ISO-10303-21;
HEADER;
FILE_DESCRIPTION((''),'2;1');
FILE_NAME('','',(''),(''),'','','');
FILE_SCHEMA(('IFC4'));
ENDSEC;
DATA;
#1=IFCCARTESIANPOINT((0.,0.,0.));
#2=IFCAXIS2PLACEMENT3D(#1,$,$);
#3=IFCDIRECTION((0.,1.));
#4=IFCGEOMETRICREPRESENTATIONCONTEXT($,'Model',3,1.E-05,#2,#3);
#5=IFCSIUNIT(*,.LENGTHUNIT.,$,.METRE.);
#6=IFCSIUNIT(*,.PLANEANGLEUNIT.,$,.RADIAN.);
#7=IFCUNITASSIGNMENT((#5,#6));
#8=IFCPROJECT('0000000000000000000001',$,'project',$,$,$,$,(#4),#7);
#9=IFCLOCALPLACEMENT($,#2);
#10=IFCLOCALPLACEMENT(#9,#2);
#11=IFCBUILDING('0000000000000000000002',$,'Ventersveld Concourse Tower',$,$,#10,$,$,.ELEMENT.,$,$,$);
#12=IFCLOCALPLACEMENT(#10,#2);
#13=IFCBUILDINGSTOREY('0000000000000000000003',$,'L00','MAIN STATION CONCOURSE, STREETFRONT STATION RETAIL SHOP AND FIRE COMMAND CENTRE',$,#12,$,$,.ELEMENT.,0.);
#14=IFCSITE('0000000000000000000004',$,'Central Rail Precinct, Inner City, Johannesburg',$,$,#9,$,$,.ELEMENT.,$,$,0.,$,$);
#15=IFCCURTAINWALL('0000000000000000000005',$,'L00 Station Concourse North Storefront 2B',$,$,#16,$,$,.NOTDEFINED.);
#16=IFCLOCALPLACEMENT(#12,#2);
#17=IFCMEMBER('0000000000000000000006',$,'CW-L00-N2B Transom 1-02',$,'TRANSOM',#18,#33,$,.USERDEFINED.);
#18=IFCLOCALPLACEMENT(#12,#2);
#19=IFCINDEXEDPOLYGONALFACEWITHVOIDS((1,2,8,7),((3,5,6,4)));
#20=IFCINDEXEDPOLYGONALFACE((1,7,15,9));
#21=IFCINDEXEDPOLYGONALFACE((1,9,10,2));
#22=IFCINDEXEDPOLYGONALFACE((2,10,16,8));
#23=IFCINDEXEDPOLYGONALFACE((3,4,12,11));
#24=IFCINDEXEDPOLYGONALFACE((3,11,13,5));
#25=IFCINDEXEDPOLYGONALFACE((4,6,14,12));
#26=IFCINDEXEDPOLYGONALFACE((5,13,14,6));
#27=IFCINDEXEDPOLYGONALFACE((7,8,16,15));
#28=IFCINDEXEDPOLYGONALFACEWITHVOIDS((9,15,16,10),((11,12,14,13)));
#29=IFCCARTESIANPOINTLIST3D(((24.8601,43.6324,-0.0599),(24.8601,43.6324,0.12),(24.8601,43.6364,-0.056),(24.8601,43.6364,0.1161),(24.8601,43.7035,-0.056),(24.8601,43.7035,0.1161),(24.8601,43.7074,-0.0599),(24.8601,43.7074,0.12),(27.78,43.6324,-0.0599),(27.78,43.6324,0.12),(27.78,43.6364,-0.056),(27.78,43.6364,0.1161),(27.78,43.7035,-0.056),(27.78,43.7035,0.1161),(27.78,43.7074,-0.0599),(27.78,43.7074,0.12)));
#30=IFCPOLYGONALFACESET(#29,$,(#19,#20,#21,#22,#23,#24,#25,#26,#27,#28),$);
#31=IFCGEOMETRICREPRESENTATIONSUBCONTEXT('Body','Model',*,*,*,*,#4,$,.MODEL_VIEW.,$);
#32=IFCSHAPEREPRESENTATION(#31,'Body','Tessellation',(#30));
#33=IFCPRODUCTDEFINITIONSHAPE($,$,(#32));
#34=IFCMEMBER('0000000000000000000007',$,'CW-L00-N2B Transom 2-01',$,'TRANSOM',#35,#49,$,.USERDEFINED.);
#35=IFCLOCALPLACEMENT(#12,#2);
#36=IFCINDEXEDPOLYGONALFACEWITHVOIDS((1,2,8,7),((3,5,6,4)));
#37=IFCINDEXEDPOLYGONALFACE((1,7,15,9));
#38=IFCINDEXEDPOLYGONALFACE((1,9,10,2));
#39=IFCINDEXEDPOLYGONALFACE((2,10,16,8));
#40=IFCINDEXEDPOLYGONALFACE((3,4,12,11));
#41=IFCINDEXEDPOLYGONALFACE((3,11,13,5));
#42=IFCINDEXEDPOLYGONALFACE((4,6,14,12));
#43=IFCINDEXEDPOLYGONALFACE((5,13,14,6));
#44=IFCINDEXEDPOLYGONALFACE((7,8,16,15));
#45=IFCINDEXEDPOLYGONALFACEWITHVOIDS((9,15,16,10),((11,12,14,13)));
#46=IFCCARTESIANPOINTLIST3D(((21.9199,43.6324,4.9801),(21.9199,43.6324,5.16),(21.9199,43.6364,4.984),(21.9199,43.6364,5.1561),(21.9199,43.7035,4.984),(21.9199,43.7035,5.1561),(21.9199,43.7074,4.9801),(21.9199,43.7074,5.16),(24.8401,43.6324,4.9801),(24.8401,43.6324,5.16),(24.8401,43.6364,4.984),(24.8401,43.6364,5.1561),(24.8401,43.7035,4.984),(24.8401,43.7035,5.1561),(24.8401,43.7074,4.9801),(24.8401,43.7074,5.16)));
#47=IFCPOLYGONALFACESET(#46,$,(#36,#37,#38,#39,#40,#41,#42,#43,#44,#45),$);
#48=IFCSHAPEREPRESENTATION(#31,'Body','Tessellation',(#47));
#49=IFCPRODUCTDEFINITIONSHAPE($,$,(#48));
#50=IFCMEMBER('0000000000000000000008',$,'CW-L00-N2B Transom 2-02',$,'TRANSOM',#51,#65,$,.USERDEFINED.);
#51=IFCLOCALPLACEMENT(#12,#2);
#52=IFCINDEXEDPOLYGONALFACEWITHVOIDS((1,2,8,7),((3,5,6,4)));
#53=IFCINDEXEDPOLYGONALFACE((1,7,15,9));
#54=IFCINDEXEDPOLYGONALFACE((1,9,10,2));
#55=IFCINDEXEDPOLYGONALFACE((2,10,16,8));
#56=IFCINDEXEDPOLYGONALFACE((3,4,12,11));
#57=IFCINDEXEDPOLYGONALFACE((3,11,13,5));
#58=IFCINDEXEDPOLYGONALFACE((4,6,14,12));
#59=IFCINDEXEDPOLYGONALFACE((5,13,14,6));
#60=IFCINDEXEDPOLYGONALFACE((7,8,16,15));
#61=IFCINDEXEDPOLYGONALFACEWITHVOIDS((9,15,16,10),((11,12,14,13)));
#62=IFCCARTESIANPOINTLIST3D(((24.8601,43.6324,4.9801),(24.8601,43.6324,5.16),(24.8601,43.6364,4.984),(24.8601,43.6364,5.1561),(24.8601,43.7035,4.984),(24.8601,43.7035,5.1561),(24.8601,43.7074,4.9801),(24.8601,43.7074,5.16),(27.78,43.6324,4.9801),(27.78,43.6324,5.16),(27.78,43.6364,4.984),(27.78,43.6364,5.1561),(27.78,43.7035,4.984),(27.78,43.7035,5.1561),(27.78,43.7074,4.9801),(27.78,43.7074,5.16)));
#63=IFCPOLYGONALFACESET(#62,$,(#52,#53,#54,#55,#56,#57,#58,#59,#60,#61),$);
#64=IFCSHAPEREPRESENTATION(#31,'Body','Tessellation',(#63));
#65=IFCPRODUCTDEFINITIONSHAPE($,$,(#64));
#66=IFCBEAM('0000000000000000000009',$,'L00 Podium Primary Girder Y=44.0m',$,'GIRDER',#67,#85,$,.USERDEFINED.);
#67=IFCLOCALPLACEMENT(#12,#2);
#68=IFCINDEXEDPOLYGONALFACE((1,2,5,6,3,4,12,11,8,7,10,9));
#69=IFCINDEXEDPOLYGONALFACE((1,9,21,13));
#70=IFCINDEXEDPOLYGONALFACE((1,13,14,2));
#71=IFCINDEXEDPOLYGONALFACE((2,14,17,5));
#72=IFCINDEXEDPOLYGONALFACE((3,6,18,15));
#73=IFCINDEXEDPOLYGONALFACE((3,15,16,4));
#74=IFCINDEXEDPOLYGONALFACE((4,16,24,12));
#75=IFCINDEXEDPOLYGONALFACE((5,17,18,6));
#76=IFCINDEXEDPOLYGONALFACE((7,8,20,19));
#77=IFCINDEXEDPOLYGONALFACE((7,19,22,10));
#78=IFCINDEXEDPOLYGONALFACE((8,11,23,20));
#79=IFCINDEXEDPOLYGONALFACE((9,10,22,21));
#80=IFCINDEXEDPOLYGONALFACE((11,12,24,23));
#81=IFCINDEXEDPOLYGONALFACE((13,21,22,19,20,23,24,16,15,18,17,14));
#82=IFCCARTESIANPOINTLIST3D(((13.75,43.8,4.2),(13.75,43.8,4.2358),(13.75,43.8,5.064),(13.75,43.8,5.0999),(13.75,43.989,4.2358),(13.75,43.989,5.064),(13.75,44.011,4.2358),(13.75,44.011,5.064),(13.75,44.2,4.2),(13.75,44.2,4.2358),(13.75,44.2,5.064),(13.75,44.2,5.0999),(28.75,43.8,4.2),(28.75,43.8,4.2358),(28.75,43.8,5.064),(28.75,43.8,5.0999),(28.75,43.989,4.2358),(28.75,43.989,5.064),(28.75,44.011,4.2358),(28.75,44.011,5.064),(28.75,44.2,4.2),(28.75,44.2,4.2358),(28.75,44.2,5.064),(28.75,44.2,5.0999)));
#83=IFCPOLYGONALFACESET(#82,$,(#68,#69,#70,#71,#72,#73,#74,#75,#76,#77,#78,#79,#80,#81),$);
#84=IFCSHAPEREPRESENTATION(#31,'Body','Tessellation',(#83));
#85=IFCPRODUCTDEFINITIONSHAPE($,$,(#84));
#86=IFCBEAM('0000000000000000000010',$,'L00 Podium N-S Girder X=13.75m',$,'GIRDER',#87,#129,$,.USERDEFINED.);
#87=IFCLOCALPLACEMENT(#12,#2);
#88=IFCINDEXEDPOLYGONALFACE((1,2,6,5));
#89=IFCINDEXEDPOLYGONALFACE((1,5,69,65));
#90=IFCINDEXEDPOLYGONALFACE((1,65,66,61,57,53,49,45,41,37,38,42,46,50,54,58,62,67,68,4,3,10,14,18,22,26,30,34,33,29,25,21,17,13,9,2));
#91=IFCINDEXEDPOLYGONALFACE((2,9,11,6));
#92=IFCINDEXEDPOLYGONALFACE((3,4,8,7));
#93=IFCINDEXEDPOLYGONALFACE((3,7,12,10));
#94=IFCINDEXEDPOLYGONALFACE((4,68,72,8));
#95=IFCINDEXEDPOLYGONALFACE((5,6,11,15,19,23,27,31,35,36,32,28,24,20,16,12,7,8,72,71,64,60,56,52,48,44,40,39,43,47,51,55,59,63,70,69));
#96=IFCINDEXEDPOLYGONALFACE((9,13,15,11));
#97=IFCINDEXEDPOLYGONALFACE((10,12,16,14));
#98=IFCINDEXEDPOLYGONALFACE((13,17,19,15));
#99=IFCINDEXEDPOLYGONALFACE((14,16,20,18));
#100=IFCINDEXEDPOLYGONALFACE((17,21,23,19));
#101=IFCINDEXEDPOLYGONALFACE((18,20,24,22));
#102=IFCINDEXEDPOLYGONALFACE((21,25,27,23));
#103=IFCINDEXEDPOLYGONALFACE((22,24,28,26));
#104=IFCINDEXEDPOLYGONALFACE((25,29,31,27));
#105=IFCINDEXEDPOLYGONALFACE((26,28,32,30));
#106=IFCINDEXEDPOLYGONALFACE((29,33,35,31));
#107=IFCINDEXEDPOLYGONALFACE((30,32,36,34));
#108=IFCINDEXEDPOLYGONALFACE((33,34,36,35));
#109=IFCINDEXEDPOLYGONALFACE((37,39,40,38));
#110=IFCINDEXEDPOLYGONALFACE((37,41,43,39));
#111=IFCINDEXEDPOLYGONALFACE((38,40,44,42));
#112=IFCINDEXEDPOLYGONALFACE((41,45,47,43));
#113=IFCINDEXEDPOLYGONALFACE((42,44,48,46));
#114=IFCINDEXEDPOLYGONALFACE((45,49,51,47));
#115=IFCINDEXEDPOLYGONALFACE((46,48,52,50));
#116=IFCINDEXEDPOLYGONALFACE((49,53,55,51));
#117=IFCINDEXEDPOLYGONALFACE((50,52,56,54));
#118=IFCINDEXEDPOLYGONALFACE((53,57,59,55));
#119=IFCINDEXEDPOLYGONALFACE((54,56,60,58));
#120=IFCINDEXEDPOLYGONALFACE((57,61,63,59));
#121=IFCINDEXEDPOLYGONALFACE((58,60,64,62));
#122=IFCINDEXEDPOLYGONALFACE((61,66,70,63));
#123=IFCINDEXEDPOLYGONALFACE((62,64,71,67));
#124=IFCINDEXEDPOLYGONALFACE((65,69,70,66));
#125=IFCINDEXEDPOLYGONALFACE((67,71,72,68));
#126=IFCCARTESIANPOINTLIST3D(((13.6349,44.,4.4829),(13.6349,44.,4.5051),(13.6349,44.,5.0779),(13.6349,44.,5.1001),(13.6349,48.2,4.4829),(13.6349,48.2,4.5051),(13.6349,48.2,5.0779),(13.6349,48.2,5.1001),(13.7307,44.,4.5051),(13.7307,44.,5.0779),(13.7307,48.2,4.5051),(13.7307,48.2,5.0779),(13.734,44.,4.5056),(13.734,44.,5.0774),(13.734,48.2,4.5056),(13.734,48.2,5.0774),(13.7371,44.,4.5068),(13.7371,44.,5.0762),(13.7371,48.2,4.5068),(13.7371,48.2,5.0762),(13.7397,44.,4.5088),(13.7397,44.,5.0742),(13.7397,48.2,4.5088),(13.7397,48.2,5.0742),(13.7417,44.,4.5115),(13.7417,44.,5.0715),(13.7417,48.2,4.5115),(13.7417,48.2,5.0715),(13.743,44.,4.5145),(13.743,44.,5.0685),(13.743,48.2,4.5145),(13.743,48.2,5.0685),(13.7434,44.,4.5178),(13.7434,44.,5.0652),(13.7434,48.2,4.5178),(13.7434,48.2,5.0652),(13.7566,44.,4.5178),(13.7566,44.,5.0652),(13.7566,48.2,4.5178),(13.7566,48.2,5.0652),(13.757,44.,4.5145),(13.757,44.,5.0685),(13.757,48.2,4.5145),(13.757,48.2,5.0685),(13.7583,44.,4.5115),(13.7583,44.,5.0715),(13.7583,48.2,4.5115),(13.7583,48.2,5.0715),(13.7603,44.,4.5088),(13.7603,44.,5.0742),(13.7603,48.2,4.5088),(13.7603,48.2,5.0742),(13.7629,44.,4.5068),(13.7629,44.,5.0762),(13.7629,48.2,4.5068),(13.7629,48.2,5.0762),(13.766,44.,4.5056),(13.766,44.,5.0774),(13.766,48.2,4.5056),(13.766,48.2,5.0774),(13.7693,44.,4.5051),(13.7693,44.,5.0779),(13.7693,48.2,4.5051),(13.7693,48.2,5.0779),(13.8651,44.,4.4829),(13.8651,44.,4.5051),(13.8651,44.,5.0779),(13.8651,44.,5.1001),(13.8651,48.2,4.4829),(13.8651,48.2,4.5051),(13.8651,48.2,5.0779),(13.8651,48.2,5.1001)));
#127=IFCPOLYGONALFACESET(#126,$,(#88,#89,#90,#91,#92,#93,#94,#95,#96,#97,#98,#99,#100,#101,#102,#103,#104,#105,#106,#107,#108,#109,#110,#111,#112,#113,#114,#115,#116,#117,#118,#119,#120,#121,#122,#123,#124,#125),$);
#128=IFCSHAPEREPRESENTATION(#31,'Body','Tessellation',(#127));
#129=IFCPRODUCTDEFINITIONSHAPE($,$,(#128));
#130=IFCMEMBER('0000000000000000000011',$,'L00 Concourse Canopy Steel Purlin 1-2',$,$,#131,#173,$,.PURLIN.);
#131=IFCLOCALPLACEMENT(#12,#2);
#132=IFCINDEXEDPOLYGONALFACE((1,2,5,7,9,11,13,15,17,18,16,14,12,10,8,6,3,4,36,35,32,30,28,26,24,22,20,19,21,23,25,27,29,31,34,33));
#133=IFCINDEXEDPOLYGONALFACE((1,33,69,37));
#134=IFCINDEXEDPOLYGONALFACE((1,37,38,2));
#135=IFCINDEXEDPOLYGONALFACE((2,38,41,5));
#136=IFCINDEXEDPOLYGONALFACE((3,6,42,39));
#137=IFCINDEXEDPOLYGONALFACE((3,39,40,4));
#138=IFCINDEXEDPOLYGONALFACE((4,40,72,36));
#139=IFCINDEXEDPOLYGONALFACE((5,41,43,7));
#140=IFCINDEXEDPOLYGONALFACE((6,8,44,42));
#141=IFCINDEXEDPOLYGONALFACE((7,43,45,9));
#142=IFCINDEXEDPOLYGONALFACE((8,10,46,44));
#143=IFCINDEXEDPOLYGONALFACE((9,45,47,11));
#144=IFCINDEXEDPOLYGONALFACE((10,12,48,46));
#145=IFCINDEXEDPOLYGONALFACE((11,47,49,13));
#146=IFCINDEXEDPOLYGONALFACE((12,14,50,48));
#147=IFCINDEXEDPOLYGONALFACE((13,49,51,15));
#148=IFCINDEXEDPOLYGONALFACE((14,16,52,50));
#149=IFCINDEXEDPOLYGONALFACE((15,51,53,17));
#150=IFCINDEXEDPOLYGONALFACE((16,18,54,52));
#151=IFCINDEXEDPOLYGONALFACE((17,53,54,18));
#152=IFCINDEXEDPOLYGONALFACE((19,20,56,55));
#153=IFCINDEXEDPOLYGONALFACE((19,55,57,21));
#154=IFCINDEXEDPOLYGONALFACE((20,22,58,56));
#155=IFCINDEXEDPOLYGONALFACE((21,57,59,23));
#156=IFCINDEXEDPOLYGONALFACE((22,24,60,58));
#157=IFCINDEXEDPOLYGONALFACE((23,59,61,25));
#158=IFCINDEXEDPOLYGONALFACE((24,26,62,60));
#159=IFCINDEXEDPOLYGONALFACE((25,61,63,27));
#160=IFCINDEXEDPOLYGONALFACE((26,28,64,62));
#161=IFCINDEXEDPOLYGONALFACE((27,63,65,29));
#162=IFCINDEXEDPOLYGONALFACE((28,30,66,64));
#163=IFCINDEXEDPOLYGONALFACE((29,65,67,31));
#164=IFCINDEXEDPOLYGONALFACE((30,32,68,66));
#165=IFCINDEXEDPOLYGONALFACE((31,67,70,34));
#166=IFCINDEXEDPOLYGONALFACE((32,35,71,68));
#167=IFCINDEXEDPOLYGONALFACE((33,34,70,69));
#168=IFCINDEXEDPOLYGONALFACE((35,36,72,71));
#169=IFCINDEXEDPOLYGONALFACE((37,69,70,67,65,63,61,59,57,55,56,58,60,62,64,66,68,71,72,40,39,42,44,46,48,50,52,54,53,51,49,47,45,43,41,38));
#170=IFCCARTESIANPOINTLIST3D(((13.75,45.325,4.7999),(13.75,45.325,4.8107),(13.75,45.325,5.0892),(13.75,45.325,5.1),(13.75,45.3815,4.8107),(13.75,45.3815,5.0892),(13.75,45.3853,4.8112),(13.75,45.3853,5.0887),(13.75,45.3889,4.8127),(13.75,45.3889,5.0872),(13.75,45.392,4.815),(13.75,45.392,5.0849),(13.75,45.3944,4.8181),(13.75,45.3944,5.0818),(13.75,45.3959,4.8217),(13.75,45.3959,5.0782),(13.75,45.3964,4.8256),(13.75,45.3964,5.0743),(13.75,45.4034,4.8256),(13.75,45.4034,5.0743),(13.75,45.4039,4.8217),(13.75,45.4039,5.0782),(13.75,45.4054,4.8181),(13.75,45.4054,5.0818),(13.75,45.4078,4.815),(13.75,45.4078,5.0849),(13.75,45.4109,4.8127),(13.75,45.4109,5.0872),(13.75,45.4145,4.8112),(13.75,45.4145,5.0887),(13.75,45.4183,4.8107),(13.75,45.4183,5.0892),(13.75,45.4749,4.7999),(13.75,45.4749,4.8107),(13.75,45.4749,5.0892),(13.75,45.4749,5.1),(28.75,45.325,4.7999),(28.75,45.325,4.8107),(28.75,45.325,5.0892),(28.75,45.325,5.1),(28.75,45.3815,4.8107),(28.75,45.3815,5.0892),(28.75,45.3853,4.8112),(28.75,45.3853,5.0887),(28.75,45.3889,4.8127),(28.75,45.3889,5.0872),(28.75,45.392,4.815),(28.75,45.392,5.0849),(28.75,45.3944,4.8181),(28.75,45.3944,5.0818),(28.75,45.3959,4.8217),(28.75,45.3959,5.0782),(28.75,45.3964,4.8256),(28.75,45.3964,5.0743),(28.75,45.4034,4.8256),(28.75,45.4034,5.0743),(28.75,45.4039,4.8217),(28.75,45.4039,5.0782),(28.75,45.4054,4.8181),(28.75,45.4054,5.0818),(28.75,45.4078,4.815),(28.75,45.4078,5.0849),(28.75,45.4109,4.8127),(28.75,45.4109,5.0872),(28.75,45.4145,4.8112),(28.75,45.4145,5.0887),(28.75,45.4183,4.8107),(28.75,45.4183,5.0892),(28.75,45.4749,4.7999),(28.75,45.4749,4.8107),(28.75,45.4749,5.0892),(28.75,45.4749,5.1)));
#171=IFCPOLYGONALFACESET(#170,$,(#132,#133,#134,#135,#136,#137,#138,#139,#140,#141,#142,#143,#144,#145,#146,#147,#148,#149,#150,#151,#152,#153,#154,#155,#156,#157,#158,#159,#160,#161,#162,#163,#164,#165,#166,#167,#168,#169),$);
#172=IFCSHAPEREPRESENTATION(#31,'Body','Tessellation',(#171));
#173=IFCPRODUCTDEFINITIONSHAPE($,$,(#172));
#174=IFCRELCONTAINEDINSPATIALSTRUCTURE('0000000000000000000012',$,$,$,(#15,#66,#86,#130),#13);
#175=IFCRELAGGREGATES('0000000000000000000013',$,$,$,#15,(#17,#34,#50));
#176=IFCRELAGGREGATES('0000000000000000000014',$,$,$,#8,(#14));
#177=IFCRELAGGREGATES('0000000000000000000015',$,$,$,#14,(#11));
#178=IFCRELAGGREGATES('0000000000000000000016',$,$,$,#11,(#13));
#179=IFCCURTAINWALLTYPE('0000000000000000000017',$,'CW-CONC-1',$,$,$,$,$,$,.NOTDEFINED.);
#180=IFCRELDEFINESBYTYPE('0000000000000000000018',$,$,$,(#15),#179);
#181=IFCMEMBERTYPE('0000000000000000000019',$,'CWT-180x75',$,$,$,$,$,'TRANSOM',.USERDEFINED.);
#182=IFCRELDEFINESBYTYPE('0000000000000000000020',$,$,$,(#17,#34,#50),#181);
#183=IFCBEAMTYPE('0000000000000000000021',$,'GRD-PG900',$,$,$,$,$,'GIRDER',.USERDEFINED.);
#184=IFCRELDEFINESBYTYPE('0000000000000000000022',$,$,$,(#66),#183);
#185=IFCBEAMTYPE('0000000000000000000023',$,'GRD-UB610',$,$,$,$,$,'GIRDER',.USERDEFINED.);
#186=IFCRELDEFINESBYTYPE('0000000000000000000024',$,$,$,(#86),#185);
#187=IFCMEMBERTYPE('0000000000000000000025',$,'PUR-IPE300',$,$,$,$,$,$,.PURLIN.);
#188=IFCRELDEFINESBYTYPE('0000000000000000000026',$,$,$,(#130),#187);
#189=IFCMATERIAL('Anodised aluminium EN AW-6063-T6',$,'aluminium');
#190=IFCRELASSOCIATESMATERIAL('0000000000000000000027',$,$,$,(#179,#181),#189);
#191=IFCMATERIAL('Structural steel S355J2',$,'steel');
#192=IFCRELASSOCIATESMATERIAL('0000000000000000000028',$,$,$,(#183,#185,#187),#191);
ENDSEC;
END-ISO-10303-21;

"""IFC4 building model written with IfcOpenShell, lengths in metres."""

from ifc_helpers import new_model, si_unit, direction, frame, origin, origin_2d, place, context, subcontext, project, spatial, hollow_rectangle, i_section, extrude, material, material_profile, profile_set, type_object, element, aggregate, save


model = new_model("IFC4")

# Units and contexts
model_context = context("Model", 3, precision=1e-05, world=origin(), true_north=direction((0.0, 1.0)))
body_context = subcontext(model_context, "Body", "Model", "MODEL_VIEW")
ifc_project = project(units=[si_unit("LENGTHUNIT", "METRE"), si_unit("PLANEANGLEUNIT", "RADIAN")], contexts=[model_context])

# Site, building, storey
site_placement = place(None, origin())
site = spatial("IfcSite", under=ifc_project, at=site_placement, Name="Central Rail Precinct, Inner City, Johannesburg", CompositionType="ELEMENT", RefElevation=0.0)
building_placement = place(site_placement, origin())
building = spatial("IfcBuilding", under=site, at=building_placement, Name="Ventersveld Concourse Tower", CompositionType="ELEMENT")
storey_placement = place(building_placement, origin())
storey = spatial("IfcBuildingStorey", under=building, at=storey_placement, Name="L00", Description="MAIN STATION CONCOURSE, STREETFRONT STATION RETAIL SHOP AND FIRE COMMAND CENTRE", CompositionType="ELEMENT", Elevation=0.0)

# Curtain wall
ifc_material_1 = material(Name="Anodised aluminium EN AW-6063-T6", Category="aluminium")
curtain_wall_type = type_object("IfcCurtainWallType", Name="CW-CONC-1", PredefinedType="NOTDEFINED", material=ifc_material_1)
curtain_wall_1_placement = place(storey_placement, origin())
curtain_wall_1 = element("IfcCurtainWall", 1, at=curtain_wall_1_placement, inside=storey, type_object=curtain_wall_type, Name="L00 Station Concourse North Storefront 2B", PredefinedType="NOTDEFINED")

# Members
ifc_material_profile_1 = material_profile(ifc_material_1, hollow_rectangle(XDim=0.075, YDim=0.1799, WallThickness=0.0039, at=origin_2d()), Name="ALU 180x75x4")
ifc_profile_set_1 = profile_set([ifc_material_profile_1], Name="Anodised aluminium EN AW-6063-T6")
member_type_1 = type_object("IfcMemberType", Name="CWT-180x75", ElementType="TRANSOM", PredefinedType="USERDEFINED", material=ifc_profile_set_1)
member_1_placement = place(storey_placement, frame((24.8601, 43.6699, 0.03), z_axis=(1.0, 0.0, 0.0), x_axis=(0.0, 1.0, 0.0)))
member_1 = element("IfcMember", 2, at=member_1_placement, type_object=member_type_1, Name="CW-L00-N2B Transom 1-02", ObjectType="TRANSOM", PredefinedType="USERDEFINED", context=body_context, shape_type="SweptSolid", body=[
    extrude(hollow_rectangle(XDim=0.075, YDim=0.1799, WallThickness=0.0039, at=origin_2d()), origin(), (0.0, 0.0, 1.0), 2.9199),
])
member_2_placement = place(storey_placement, frame((21.9199, 43.6699, 5.0701), z_axis=(1.0, 0.0, 0.0), x_axis=(0.0, 1.0, 0.0)))
member_2 = element("IfcMember", 3, at=member_2_placement, type_object=member_type_1, Name="CW-L00-N2B Transom 2-01", ObjectType="TRANSOM", PredefinedType="USERDEFINED", context=body_context, shape_type="SweptSolid", body=[
    extrude(hollow_rectangle(XDim=0.075, YDim=0.1799, WallThickness=0.0039, at=origin_2d()), origin(), (0.0, 0.0, 1.0), 2.9202),
])
member_3_placement = place(storey_placement, frame((24.8601, 43.6699, 5.0701), z_axis=(1.0, 0.0, 0.0), x_axis=(0.0, 1.0, 0.0)))
member_3 = element("IfcMember", 4, at=member_3_placement, type_object=member_type_1, Name="CW-L00-N2B Transom 2-02", ObjectType="TRANSOM", PredefinedType="USERDEFINED", context=body_context, shape_type="SweptSolid", body=[
    extrude(hollow_rectangle(XDim=0.075, YDim=0.1799, WallThickness=0.0039, at=origin_2d()), origin(), (0.0, 0.0, 1.0), 2.9199),
])

# Beams
ifc_material_2 = material(Name="Structural steel S355J2", Category="steel")
ifc_material_profile_2 = material_profile(ifc_material_2, i_section(OverallWidth=0.3999, OverallDepth=0.8999, WebThickness=0.022, FlangeThickness=0.0359, at=origin_2d()), Name="PG 900x400x36")
ifc_profile_set_2 = profile_set([ifc_material_profile_2], Name="Structural steel S355J2")
beam_type_1 = type_object("IfcBeamType", Name="GRD-PG900", ElementType="GIRDER", PredefinedType="USERDEFINED", material=ifc_profile_set_2)
beam_1_placement = place(storey_placement, frame((13.75, 44.0, 4.6499), z_axis=(1.0, 0.0, 0.0), x_axis=(0.0, 1.0, 0.0)))
element("IfcBeam", 5, at=beam_1_placement, inside=storey, type_object=beam_type_1, Name="L00 Podium Primary Girder Y=44.0m", ObjectType="GIRDER", PredefinedType="USERDEFINED", context=body_context, shape_type="SweptSolid", body=[
    extrude(i_section(OverallWidth=0.3999, OverallDepth=0.8999, WebThickness=0.022, FlangeThickness=0.0359, at=origin_2d()), origin(), (0.0, 0.0, 1.0), 15.0),
])
ifc_material_profile_3 = material_profile(ifc_material_2, i_section(OverallWidth=0.2302, OverallDepth=0.6172, WebThickness=0.0132, FlangeThickness=0.0222, FilletRadius=0.0127, at=origin_2d()), Name="UB 610x229x140")
ifc_profile_set_3 = profile_set([ifc_material_profile_3], Name="Structural steel S355J2")
beam_type_2 = type_object("IfcBeamType", Name="GRD-UB610", ElementType="GIRDER", PredefinedType="USERDEFINED", material=ifc_profile_set_3)
beam_2_placement = place(storey_placement, frame((13.75, 44.0, 4.7915), z_axis=(0.0, 1.0, 0.0), x_axis=(-1.0, 0.0, 0.0)))
element("IfcBeam", 6, at=beam_2_placement, inside=storey, type_object=beam_type_2, Name="L00 Podium N-S Girder X=13.75m", ObjectType="GIRDER", PredefinedType="USERDEFINED", context=body_context, shape_type="SweptSolid", body=[
    extrude(i_section(OverallWidth=0.2302, OverallDepth=0.6172, WebThickness=0.0132, FlangeThickness=0.0222, FilletRadius=0.0127, at=origin_2d()), origin(), (0.0, 0.0, 1.0), 4.2),
])

# Member
ifc_material_profile_4 = material_profile(ifc_material_2, i_section(OverallWidth=0.1499, OverallDepth=0.3, WebThickness=0.0071, FlangeThickness=0.0107, FilletRadius=0.0149, at=origin_2d()), Name="IPE 300")
ifc_profile_set_4 = profile_set([ifc_material_profile_4], Name="Structural steel S355J2")
member_type_2 = type_object("IfcMemberType", Name="PUR-IPE300", PredefinedType="PURLIN", material=ifc_profile_set_4)
for number, where, z_axis, x_axis, name in (
    (7, (13.75, 45.3999, 4.95), (1.0, 0.0, 0.0), (0.0, 1.0, 0.0), "L00 Concourse Canopy Steel Purlin 1-2"),
):
    element("IfcMember", number, at=place(storey_placement, frame(where, z_axis=z_axis, x_axis=x_axis)), inside=storey, type_object=member_type_2, Name=name, PredefinedType="PURLIN", context=body_context, shape_type="SweptSolid", body=[
        extrude(i_section(OverallWidth=0.1499, OverallDepth=0.3, WebThickness=0.0071, FlangeThickness=0.0107, FilletRadius=0.0149, at=origin_2d()), origin(), (0.0, 0.0, 1.0), 15.0),
    ])

aggregate(curtain_wall_1, [member_1, member_2, member_3])

save(model, "model.ifc")
